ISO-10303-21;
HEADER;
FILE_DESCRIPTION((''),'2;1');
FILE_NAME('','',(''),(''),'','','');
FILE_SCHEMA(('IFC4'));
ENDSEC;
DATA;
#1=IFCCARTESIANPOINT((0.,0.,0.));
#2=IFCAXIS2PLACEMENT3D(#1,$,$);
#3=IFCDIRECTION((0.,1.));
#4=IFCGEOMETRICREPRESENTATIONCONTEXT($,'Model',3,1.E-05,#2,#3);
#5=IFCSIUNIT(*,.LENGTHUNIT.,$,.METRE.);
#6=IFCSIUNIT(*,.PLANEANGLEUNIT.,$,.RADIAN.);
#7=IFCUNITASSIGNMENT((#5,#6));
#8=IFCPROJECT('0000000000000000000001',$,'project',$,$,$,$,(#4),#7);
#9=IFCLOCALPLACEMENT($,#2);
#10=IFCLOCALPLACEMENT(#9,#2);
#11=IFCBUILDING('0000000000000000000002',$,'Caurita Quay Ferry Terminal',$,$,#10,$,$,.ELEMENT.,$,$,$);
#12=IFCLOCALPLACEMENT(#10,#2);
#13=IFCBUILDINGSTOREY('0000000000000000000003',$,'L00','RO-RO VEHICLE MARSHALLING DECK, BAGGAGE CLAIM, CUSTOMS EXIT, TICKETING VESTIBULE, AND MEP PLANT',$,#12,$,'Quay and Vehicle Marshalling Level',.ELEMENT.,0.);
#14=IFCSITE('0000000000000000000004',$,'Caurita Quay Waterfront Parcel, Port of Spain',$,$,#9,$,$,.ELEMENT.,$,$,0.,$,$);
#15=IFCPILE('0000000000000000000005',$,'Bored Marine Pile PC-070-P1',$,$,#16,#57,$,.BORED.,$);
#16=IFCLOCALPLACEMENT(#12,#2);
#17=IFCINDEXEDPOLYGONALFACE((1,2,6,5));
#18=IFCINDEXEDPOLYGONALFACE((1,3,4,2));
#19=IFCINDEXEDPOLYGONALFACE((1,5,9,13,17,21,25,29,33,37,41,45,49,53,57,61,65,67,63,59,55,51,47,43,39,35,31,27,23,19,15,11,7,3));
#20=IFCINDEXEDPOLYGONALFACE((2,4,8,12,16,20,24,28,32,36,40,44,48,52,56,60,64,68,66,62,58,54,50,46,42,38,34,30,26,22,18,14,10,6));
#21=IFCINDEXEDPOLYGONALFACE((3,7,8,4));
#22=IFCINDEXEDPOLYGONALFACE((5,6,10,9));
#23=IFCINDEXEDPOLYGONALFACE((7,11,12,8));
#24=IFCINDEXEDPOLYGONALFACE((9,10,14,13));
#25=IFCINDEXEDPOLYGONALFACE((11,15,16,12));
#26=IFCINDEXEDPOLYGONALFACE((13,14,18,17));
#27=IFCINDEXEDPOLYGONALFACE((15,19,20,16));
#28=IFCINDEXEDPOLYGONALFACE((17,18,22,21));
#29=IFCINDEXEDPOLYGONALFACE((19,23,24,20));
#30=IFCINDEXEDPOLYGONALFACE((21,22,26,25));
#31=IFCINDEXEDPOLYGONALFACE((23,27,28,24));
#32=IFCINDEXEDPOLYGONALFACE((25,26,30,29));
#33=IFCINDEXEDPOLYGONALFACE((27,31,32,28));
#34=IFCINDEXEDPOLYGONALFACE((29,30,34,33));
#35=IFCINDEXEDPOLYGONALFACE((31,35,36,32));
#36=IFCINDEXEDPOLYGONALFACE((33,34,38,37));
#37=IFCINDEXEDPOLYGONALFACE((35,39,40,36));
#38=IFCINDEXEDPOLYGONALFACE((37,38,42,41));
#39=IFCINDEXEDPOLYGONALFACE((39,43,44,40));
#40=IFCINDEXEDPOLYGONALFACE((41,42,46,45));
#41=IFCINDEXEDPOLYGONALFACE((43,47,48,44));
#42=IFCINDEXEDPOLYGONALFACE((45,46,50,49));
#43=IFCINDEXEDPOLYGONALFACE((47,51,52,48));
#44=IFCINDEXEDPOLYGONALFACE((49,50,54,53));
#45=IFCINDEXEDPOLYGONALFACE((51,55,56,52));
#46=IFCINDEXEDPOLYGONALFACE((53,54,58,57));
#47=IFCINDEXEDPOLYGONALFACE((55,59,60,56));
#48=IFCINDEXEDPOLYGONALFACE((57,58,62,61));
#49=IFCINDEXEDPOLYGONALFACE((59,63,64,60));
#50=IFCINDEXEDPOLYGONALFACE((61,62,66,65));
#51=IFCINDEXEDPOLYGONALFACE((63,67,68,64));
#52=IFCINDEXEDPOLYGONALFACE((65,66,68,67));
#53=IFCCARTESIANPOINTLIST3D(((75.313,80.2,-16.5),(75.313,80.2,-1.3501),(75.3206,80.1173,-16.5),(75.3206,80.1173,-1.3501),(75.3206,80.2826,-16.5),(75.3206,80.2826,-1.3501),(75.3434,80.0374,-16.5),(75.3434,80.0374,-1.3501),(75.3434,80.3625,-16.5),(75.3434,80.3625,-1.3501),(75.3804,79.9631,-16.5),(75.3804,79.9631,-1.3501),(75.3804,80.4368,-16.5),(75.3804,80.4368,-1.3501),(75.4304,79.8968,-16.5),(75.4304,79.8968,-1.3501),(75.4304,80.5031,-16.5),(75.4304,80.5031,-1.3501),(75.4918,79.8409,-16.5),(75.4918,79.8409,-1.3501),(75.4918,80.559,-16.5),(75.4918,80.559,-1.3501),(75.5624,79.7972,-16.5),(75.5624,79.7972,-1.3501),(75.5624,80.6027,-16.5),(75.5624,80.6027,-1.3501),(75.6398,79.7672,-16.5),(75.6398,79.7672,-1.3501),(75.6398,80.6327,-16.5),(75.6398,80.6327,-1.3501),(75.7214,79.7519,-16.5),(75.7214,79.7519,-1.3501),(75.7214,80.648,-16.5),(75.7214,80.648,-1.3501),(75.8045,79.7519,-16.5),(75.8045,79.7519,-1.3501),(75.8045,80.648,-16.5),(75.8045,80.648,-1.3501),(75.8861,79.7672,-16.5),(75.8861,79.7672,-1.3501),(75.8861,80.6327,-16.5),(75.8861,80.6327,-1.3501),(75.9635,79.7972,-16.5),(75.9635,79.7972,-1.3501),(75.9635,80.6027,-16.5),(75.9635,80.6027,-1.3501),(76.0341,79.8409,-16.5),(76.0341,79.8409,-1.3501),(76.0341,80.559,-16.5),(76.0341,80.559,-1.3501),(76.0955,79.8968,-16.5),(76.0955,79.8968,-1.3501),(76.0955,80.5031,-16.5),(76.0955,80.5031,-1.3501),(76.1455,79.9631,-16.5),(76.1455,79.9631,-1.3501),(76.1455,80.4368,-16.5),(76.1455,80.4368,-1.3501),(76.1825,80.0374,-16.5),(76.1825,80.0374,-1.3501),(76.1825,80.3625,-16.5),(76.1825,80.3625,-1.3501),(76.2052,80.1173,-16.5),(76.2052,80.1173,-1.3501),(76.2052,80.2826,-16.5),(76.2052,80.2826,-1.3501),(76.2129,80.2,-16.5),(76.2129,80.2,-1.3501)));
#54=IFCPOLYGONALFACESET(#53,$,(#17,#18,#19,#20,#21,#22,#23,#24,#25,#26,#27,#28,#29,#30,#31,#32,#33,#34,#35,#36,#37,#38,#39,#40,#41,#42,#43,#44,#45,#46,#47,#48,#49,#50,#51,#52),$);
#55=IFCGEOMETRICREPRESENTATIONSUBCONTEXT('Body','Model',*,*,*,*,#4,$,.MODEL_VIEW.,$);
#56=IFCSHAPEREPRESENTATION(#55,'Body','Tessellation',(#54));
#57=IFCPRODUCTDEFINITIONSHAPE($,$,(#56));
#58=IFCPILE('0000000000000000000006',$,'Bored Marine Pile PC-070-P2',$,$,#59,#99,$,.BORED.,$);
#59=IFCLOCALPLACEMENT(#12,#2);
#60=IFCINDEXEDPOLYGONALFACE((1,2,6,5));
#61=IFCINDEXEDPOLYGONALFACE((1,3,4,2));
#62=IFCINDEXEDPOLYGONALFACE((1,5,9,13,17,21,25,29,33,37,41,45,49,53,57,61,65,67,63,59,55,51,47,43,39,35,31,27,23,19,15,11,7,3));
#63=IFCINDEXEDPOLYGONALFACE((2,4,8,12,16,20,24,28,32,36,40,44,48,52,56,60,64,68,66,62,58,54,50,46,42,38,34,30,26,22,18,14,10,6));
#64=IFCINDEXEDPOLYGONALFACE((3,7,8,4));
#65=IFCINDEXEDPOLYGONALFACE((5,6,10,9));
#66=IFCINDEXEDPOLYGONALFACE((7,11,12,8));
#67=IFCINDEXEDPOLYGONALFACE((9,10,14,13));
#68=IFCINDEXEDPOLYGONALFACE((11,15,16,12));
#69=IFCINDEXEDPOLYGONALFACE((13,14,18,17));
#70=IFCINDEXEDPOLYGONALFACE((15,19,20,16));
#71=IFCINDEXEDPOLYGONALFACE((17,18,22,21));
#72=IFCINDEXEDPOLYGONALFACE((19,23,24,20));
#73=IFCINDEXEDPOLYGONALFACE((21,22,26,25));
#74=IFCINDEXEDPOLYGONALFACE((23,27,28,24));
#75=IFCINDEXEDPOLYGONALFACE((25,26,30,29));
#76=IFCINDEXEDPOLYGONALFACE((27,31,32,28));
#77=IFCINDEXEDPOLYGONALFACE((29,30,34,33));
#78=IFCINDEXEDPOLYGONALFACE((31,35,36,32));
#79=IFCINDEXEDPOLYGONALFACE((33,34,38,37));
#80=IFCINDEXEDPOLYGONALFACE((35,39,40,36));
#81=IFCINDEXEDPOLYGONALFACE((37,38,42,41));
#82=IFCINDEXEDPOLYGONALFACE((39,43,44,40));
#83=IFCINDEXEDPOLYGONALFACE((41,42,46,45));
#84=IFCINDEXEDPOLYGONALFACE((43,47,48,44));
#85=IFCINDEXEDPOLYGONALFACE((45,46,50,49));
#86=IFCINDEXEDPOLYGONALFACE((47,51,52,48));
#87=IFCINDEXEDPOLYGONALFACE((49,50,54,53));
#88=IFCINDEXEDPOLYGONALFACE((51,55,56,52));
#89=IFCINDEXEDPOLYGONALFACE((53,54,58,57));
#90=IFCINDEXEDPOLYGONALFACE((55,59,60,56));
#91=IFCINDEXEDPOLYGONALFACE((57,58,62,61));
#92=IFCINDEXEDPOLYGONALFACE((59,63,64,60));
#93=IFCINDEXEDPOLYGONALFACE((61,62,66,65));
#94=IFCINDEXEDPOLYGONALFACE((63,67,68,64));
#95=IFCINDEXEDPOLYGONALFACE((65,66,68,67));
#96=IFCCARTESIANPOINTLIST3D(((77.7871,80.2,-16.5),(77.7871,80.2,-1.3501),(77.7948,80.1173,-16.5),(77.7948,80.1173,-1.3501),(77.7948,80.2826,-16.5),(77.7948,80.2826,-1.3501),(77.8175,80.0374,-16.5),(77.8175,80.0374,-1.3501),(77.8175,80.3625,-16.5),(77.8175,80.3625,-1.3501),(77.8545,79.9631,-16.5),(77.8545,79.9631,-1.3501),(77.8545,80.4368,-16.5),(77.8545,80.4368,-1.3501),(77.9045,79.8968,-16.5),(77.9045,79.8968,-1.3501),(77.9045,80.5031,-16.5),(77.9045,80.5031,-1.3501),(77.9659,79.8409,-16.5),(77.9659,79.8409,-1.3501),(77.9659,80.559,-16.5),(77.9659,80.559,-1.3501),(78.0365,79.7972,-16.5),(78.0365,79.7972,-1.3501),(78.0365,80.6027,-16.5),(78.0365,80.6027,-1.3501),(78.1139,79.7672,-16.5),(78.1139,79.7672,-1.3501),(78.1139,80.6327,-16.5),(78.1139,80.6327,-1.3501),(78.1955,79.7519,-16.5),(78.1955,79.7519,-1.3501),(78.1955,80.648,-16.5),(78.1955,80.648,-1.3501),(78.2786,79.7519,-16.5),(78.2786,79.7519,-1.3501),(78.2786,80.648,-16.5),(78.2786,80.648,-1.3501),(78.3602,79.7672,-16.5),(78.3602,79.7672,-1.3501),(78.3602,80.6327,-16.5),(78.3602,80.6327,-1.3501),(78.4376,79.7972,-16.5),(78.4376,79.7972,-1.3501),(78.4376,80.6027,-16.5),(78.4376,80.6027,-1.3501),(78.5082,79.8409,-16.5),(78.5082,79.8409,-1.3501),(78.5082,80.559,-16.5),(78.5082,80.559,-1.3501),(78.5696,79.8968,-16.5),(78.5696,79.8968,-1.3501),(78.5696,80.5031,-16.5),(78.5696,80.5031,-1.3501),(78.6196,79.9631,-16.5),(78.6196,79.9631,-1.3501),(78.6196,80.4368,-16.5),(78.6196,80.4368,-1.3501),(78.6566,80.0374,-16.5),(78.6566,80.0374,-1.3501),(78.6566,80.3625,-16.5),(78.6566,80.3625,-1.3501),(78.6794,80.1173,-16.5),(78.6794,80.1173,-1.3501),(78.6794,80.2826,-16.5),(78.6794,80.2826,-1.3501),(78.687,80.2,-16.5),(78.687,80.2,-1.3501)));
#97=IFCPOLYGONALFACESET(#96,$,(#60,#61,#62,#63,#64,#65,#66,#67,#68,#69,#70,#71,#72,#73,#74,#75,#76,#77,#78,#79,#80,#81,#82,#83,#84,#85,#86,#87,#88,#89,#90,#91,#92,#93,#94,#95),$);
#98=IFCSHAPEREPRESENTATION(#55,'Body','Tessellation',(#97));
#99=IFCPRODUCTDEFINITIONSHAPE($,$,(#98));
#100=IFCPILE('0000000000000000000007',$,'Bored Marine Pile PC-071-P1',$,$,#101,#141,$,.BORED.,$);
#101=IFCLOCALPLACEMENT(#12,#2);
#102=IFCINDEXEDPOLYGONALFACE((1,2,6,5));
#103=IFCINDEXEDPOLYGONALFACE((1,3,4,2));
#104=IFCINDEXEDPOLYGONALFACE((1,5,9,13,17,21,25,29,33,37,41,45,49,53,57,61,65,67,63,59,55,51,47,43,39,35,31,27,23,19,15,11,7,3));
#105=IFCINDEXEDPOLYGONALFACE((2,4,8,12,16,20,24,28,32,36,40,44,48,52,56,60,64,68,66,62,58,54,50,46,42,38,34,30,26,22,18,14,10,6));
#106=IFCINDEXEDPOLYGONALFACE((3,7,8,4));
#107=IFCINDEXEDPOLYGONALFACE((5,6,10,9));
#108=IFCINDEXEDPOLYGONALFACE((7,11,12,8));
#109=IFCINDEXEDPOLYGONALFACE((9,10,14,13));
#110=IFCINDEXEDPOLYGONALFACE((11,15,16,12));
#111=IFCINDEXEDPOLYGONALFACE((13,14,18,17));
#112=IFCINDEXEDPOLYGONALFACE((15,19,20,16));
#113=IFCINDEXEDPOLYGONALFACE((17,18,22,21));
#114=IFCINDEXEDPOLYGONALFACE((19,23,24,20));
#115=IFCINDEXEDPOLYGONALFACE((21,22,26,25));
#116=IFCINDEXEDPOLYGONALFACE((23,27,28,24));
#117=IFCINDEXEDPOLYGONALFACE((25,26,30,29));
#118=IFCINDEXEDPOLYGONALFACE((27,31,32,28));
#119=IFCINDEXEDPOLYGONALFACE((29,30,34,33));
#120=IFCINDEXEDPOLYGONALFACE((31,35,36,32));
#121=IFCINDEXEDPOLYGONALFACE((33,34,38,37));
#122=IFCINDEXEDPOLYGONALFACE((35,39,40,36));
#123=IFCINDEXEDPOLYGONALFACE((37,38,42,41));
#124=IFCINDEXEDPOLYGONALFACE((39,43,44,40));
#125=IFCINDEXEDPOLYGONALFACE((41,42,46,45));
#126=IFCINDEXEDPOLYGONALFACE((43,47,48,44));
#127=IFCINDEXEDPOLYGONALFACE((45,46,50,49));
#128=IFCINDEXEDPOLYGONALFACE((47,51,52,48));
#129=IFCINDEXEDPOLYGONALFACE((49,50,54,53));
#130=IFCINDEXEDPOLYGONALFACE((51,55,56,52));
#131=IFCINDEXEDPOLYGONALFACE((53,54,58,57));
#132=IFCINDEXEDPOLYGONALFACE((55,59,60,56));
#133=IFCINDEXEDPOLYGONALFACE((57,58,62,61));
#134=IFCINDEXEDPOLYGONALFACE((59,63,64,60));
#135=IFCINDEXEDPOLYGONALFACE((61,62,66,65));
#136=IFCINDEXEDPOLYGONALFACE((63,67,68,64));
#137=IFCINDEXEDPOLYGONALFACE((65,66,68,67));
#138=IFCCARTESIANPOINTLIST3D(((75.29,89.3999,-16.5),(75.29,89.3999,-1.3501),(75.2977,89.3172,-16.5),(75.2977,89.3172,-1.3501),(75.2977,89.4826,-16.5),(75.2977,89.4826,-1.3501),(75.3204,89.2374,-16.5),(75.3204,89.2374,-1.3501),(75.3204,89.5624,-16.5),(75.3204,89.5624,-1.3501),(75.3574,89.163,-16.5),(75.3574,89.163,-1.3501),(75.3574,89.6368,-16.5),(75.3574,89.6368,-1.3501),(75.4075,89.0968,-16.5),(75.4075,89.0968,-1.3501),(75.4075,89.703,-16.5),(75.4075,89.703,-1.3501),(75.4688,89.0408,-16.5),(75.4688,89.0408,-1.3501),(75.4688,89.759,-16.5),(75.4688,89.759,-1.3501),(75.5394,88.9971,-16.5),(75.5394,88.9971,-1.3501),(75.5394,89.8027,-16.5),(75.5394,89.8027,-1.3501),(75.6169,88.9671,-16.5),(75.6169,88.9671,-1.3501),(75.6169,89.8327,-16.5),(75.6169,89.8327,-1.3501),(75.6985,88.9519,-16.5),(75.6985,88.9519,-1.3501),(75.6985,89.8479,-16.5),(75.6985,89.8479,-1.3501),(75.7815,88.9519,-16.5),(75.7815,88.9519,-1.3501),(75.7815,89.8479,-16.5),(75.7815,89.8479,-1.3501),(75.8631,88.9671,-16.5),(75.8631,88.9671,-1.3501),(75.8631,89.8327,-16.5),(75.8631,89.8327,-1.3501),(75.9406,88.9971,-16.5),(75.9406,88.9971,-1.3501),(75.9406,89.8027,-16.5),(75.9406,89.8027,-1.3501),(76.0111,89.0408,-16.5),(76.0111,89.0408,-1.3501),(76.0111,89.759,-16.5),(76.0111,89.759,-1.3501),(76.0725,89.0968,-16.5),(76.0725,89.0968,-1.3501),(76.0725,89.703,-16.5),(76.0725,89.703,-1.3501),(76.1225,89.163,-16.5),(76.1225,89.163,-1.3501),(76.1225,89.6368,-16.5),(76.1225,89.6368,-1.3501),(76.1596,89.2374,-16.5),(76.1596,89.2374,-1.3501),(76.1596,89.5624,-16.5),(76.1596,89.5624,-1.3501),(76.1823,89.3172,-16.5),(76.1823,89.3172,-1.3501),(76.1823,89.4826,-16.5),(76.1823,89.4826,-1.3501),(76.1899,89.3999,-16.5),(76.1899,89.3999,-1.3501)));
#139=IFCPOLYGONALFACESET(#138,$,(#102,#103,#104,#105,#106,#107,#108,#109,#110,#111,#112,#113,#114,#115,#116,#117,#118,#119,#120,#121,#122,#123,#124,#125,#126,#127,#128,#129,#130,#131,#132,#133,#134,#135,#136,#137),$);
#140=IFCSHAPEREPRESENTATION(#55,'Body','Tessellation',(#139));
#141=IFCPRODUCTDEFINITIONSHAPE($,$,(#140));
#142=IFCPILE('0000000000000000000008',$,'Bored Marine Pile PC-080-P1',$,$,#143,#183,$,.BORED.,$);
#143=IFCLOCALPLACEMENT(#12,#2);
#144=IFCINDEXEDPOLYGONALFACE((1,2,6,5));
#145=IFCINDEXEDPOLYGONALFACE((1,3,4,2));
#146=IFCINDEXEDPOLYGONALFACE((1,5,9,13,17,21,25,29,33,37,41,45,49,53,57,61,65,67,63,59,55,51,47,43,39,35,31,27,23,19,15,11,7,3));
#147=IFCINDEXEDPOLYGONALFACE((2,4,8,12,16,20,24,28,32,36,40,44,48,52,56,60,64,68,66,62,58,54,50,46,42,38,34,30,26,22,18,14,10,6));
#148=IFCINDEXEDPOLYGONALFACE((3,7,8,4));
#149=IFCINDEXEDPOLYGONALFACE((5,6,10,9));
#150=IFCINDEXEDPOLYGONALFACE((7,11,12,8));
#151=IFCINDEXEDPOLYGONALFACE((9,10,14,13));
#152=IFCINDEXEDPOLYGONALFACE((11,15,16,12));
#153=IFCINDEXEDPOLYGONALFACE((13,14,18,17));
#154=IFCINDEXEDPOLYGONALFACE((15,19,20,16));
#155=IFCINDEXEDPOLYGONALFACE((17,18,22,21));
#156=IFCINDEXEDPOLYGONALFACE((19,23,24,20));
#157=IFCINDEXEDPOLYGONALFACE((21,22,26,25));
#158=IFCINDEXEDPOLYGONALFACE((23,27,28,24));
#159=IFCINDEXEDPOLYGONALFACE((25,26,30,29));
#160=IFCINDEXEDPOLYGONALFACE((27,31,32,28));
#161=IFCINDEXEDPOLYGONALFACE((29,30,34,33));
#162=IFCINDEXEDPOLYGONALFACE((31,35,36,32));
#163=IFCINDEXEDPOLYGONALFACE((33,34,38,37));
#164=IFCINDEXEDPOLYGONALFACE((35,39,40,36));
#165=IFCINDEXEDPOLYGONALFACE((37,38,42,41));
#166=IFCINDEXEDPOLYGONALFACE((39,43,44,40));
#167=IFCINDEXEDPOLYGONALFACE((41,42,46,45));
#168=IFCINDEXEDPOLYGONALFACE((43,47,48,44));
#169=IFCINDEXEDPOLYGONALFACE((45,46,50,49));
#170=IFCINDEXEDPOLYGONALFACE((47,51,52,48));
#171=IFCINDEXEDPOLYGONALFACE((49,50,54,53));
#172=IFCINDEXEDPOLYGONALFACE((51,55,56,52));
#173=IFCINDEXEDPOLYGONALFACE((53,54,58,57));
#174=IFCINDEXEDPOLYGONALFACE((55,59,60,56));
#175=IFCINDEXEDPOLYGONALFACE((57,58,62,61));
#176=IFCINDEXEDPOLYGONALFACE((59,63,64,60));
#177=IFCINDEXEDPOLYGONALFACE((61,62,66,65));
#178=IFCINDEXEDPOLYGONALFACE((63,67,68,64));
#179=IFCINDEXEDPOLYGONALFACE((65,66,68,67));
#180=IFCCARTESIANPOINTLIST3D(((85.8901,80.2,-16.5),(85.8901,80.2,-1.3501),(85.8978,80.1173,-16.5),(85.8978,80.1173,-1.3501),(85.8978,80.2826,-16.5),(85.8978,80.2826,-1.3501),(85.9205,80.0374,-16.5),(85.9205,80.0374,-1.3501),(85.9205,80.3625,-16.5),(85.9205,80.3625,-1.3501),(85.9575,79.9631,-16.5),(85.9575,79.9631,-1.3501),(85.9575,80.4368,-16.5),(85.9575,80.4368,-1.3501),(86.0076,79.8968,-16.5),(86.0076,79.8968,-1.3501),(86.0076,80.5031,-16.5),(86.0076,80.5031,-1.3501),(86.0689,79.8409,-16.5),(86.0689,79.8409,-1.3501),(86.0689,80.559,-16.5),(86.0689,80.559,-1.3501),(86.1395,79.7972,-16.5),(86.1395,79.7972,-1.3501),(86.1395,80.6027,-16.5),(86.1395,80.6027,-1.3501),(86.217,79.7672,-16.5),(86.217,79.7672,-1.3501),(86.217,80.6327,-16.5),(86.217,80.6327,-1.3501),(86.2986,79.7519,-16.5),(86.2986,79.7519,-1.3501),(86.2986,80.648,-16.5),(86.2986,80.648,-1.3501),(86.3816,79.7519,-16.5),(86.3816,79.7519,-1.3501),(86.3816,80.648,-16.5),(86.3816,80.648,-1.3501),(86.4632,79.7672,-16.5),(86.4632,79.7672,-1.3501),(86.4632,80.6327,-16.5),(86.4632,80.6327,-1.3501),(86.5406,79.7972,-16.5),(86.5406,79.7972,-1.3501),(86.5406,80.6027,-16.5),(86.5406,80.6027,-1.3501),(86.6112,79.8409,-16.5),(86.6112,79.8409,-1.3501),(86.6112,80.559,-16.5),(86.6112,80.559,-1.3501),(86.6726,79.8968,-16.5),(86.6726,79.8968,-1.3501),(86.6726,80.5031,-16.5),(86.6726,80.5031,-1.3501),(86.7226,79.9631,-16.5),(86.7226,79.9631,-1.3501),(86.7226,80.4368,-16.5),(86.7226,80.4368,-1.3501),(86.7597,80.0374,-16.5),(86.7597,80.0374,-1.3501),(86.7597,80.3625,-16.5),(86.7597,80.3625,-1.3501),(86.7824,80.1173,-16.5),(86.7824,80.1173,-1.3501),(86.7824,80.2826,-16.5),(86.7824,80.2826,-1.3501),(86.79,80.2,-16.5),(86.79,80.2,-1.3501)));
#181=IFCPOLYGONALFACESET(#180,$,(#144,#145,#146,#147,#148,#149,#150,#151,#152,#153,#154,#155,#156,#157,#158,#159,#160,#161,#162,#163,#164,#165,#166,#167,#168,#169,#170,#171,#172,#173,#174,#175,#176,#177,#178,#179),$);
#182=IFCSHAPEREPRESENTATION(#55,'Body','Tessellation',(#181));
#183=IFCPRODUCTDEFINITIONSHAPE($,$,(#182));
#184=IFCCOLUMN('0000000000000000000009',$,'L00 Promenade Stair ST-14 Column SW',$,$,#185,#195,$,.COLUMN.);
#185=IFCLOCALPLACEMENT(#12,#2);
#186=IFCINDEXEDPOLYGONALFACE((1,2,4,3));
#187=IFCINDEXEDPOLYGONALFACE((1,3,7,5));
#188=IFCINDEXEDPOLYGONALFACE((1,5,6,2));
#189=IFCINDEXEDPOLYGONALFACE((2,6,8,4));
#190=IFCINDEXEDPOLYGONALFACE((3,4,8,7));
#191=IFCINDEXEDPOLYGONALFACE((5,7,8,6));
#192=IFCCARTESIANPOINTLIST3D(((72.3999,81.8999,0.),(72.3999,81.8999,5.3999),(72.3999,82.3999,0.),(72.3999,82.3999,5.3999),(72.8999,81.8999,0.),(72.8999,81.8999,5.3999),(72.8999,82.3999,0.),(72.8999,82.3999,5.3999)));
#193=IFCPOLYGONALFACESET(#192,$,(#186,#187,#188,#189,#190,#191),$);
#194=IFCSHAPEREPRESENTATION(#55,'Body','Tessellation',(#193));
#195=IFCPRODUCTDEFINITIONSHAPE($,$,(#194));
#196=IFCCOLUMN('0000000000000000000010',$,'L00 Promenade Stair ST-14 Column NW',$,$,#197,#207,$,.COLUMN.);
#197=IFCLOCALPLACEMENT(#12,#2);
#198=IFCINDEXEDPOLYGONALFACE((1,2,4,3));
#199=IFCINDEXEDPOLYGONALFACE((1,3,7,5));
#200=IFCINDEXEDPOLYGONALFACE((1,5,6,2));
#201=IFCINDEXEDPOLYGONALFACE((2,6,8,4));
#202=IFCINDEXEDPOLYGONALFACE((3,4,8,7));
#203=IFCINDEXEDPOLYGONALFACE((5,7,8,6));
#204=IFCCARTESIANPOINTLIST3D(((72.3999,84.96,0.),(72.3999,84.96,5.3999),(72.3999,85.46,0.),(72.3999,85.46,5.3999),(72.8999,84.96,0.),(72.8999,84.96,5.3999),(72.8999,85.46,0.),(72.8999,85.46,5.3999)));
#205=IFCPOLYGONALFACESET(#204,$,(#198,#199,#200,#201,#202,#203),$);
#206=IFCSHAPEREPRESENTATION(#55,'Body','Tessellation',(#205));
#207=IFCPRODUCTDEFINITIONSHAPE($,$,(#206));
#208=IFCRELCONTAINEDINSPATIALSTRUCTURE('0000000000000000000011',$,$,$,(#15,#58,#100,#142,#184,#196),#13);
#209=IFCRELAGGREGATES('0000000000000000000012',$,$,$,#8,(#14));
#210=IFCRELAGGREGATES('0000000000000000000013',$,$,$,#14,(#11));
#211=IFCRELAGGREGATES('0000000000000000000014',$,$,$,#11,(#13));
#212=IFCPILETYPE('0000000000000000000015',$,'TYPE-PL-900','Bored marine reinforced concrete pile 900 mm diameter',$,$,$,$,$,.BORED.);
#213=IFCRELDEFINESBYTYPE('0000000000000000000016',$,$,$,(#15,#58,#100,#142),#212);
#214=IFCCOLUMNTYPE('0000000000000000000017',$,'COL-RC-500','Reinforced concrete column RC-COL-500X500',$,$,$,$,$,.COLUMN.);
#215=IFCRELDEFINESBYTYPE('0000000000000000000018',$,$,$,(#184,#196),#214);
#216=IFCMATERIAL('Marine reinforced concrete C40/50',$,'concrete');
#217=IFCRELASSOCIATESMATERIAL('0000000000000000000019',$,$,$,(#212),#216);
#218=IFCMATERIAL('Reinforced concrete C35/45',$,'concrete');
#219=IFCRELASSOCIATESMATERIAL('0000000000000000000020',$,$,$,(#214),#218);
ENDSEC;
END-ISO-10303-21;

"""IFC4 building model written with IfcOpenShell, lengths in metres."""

from ifc_helpers import new_model, si_unit, direction, frame, origin, origin_2d, place, context, subcontext, project, spatial, rectangle, circle, extrude, material, material_profile, profile_set, type_object, element, save


model = new_model("IFC4")

# Units and contexts
model_context = context("Model", 3, precision=1e-05, world=origin(), true_north=direction((0.0, 1.0)))
body_context = subcontext(model_context, "Body", "Model", "MODEL_VIEW")
ifc_project = project(units=[si_unit("LENGTHUNIT", "METRE"), si_unit("PLANEANGLEUNIT", "RADIAN")], contexts=[model_context])

# Site, building, storey
site_placement = place(None, origin())
site = spatial("IfcSite", under=ifc_project, at=site_placement, Name="Caurita Quay Waterfront Parcel, Port of Spain", CompositionType="ELEMENT", RefElevation=0.0)
building_placement = place(site_placement, origin())
building = spatial("IfcBuilding", under=site, at=building_placement, Name="Caurita Quay Ferry Terminal", CompositionType="ELEMENT")
storey_placement = place(building_placement, origin())
storey = spatial("IfcBuildingStorey", under=building, at=storey_placement, Name="L00", Description="RO-RO VEHICLE MARSHALLING DECK, BAGGAGE CLAIM, CUSTOMS EXIT, TICKETING VESTIBULE, AND MEP PLANT", LongName="Quay and Vehicle Marshalling Level", CompositionType="ELEMENT", Elevation=0.0)

# Piles
ifc_material_1 = material(Name="Marine reinforced concrete C40/50", Category="concrete")
ifc_material_profile_1 = material_profile(ifc_material_1, circle(Radius=0.45, at=origin_2d()), Name="PILE-D900")
ifc_profile_set_1 = profile_set([ifc_material_profile_1], Name="Marine reinforced concrete C40/50")
pile_type_1 = type_object("IfcPileType", Name="TYPE-PL-900", Description="Bored marine reinforced concrete pile 900 mm diameter", PredefinedType="BORED", material=ifc_profile_set_1)
for number, where, z_axis, x_axis, name in (
    (1, (75.7629, 80.2, -1.3501), (0.0, 0.0, -1.0), (1.0, 0.0, 0.0), "Bored Marine Pile PC-070-P1"),
    (2, (78.2371, 80.2, -1.3501), (0.0, 0.0, -1.0), (1.0, 0.0, 0.0), "Bored Marine Pile PC-070-P2"),
    (3, (75.74, 89.3999, -1.3501), (0.0, 0.0, -1.0), (1.0, 0.0, 0.0), "Bored Marine Pile PC-071-P1"),
    (4, (86.3401, 80.2, -1.3501), (0.0, 0.0, -1.0), (1.0, 0.0, 0.0), "Bored Marine Pile PC-080-P1"),
):
    element("IfcPile", number, at=place(storey_placement, frame(where, z_axis=z_axis, x_axis=x_axis)), inside=storey, type_object=pile_type_1, Name=name, PredefinedType="BORED", context=body_context, shape_type="SweptSolid", body=[
        extrude(circle(Radius=0.45, at=origin_2d()), origin(), (0.0, 0.0, 1.0), 15.1499),
    ])

# Columns
ifc_material_2 = material(Name="Reinforced concrete C35/45", Category="concrete")
ifc_material_profile_2 = material_profile(ifc_material_2, rectangle(XDim=0.5, YDim=0.5, at=origin_2d()), Name="RC-COL-500X500")
ifc_profile_set_2 = profile_set([ifc_material_profile_2], Name="Reinforced concrete C35/45")
column_type_1 = type_object("IfcColumnType", Name="COL-RC-500", Description="Reinforced concrete column RC-COL-500X500", PredefinedType="COLUMN", material=ifc_profile_set_2)
for number, where, z_axis, x_axis, name in (
    (5, (72.6499, 82.1499, 0.0), (0.0, 0.0, 1.0), (1.0, 0.0, 0.0), "L00 Promenade Stair ST-14 Column SW"),
    (6, (72.6499, 85.21, 0.0), (0.0, 0.0, 1.0), (1.0, 0.0, 0.0), "L00 Promenade Stair ST-14 Column NW"),
):
    element("IfcColumn", number, at=place(storey_placement, frame(where, z_axis=z_axis, x_axis=x_axis)), inside=storey, type_object=column_type_1, Name=name, PredefinedType="COLUMN", context=body_context, shape_type="SweptSolid", body=[
        extrude(rectangle(XDim=0.5, YDim=0.5, at=origin_2d()), origin(), (0.0, 0.0, 1.0), 5.3999),
    ])

save(model, "model.ifc")
